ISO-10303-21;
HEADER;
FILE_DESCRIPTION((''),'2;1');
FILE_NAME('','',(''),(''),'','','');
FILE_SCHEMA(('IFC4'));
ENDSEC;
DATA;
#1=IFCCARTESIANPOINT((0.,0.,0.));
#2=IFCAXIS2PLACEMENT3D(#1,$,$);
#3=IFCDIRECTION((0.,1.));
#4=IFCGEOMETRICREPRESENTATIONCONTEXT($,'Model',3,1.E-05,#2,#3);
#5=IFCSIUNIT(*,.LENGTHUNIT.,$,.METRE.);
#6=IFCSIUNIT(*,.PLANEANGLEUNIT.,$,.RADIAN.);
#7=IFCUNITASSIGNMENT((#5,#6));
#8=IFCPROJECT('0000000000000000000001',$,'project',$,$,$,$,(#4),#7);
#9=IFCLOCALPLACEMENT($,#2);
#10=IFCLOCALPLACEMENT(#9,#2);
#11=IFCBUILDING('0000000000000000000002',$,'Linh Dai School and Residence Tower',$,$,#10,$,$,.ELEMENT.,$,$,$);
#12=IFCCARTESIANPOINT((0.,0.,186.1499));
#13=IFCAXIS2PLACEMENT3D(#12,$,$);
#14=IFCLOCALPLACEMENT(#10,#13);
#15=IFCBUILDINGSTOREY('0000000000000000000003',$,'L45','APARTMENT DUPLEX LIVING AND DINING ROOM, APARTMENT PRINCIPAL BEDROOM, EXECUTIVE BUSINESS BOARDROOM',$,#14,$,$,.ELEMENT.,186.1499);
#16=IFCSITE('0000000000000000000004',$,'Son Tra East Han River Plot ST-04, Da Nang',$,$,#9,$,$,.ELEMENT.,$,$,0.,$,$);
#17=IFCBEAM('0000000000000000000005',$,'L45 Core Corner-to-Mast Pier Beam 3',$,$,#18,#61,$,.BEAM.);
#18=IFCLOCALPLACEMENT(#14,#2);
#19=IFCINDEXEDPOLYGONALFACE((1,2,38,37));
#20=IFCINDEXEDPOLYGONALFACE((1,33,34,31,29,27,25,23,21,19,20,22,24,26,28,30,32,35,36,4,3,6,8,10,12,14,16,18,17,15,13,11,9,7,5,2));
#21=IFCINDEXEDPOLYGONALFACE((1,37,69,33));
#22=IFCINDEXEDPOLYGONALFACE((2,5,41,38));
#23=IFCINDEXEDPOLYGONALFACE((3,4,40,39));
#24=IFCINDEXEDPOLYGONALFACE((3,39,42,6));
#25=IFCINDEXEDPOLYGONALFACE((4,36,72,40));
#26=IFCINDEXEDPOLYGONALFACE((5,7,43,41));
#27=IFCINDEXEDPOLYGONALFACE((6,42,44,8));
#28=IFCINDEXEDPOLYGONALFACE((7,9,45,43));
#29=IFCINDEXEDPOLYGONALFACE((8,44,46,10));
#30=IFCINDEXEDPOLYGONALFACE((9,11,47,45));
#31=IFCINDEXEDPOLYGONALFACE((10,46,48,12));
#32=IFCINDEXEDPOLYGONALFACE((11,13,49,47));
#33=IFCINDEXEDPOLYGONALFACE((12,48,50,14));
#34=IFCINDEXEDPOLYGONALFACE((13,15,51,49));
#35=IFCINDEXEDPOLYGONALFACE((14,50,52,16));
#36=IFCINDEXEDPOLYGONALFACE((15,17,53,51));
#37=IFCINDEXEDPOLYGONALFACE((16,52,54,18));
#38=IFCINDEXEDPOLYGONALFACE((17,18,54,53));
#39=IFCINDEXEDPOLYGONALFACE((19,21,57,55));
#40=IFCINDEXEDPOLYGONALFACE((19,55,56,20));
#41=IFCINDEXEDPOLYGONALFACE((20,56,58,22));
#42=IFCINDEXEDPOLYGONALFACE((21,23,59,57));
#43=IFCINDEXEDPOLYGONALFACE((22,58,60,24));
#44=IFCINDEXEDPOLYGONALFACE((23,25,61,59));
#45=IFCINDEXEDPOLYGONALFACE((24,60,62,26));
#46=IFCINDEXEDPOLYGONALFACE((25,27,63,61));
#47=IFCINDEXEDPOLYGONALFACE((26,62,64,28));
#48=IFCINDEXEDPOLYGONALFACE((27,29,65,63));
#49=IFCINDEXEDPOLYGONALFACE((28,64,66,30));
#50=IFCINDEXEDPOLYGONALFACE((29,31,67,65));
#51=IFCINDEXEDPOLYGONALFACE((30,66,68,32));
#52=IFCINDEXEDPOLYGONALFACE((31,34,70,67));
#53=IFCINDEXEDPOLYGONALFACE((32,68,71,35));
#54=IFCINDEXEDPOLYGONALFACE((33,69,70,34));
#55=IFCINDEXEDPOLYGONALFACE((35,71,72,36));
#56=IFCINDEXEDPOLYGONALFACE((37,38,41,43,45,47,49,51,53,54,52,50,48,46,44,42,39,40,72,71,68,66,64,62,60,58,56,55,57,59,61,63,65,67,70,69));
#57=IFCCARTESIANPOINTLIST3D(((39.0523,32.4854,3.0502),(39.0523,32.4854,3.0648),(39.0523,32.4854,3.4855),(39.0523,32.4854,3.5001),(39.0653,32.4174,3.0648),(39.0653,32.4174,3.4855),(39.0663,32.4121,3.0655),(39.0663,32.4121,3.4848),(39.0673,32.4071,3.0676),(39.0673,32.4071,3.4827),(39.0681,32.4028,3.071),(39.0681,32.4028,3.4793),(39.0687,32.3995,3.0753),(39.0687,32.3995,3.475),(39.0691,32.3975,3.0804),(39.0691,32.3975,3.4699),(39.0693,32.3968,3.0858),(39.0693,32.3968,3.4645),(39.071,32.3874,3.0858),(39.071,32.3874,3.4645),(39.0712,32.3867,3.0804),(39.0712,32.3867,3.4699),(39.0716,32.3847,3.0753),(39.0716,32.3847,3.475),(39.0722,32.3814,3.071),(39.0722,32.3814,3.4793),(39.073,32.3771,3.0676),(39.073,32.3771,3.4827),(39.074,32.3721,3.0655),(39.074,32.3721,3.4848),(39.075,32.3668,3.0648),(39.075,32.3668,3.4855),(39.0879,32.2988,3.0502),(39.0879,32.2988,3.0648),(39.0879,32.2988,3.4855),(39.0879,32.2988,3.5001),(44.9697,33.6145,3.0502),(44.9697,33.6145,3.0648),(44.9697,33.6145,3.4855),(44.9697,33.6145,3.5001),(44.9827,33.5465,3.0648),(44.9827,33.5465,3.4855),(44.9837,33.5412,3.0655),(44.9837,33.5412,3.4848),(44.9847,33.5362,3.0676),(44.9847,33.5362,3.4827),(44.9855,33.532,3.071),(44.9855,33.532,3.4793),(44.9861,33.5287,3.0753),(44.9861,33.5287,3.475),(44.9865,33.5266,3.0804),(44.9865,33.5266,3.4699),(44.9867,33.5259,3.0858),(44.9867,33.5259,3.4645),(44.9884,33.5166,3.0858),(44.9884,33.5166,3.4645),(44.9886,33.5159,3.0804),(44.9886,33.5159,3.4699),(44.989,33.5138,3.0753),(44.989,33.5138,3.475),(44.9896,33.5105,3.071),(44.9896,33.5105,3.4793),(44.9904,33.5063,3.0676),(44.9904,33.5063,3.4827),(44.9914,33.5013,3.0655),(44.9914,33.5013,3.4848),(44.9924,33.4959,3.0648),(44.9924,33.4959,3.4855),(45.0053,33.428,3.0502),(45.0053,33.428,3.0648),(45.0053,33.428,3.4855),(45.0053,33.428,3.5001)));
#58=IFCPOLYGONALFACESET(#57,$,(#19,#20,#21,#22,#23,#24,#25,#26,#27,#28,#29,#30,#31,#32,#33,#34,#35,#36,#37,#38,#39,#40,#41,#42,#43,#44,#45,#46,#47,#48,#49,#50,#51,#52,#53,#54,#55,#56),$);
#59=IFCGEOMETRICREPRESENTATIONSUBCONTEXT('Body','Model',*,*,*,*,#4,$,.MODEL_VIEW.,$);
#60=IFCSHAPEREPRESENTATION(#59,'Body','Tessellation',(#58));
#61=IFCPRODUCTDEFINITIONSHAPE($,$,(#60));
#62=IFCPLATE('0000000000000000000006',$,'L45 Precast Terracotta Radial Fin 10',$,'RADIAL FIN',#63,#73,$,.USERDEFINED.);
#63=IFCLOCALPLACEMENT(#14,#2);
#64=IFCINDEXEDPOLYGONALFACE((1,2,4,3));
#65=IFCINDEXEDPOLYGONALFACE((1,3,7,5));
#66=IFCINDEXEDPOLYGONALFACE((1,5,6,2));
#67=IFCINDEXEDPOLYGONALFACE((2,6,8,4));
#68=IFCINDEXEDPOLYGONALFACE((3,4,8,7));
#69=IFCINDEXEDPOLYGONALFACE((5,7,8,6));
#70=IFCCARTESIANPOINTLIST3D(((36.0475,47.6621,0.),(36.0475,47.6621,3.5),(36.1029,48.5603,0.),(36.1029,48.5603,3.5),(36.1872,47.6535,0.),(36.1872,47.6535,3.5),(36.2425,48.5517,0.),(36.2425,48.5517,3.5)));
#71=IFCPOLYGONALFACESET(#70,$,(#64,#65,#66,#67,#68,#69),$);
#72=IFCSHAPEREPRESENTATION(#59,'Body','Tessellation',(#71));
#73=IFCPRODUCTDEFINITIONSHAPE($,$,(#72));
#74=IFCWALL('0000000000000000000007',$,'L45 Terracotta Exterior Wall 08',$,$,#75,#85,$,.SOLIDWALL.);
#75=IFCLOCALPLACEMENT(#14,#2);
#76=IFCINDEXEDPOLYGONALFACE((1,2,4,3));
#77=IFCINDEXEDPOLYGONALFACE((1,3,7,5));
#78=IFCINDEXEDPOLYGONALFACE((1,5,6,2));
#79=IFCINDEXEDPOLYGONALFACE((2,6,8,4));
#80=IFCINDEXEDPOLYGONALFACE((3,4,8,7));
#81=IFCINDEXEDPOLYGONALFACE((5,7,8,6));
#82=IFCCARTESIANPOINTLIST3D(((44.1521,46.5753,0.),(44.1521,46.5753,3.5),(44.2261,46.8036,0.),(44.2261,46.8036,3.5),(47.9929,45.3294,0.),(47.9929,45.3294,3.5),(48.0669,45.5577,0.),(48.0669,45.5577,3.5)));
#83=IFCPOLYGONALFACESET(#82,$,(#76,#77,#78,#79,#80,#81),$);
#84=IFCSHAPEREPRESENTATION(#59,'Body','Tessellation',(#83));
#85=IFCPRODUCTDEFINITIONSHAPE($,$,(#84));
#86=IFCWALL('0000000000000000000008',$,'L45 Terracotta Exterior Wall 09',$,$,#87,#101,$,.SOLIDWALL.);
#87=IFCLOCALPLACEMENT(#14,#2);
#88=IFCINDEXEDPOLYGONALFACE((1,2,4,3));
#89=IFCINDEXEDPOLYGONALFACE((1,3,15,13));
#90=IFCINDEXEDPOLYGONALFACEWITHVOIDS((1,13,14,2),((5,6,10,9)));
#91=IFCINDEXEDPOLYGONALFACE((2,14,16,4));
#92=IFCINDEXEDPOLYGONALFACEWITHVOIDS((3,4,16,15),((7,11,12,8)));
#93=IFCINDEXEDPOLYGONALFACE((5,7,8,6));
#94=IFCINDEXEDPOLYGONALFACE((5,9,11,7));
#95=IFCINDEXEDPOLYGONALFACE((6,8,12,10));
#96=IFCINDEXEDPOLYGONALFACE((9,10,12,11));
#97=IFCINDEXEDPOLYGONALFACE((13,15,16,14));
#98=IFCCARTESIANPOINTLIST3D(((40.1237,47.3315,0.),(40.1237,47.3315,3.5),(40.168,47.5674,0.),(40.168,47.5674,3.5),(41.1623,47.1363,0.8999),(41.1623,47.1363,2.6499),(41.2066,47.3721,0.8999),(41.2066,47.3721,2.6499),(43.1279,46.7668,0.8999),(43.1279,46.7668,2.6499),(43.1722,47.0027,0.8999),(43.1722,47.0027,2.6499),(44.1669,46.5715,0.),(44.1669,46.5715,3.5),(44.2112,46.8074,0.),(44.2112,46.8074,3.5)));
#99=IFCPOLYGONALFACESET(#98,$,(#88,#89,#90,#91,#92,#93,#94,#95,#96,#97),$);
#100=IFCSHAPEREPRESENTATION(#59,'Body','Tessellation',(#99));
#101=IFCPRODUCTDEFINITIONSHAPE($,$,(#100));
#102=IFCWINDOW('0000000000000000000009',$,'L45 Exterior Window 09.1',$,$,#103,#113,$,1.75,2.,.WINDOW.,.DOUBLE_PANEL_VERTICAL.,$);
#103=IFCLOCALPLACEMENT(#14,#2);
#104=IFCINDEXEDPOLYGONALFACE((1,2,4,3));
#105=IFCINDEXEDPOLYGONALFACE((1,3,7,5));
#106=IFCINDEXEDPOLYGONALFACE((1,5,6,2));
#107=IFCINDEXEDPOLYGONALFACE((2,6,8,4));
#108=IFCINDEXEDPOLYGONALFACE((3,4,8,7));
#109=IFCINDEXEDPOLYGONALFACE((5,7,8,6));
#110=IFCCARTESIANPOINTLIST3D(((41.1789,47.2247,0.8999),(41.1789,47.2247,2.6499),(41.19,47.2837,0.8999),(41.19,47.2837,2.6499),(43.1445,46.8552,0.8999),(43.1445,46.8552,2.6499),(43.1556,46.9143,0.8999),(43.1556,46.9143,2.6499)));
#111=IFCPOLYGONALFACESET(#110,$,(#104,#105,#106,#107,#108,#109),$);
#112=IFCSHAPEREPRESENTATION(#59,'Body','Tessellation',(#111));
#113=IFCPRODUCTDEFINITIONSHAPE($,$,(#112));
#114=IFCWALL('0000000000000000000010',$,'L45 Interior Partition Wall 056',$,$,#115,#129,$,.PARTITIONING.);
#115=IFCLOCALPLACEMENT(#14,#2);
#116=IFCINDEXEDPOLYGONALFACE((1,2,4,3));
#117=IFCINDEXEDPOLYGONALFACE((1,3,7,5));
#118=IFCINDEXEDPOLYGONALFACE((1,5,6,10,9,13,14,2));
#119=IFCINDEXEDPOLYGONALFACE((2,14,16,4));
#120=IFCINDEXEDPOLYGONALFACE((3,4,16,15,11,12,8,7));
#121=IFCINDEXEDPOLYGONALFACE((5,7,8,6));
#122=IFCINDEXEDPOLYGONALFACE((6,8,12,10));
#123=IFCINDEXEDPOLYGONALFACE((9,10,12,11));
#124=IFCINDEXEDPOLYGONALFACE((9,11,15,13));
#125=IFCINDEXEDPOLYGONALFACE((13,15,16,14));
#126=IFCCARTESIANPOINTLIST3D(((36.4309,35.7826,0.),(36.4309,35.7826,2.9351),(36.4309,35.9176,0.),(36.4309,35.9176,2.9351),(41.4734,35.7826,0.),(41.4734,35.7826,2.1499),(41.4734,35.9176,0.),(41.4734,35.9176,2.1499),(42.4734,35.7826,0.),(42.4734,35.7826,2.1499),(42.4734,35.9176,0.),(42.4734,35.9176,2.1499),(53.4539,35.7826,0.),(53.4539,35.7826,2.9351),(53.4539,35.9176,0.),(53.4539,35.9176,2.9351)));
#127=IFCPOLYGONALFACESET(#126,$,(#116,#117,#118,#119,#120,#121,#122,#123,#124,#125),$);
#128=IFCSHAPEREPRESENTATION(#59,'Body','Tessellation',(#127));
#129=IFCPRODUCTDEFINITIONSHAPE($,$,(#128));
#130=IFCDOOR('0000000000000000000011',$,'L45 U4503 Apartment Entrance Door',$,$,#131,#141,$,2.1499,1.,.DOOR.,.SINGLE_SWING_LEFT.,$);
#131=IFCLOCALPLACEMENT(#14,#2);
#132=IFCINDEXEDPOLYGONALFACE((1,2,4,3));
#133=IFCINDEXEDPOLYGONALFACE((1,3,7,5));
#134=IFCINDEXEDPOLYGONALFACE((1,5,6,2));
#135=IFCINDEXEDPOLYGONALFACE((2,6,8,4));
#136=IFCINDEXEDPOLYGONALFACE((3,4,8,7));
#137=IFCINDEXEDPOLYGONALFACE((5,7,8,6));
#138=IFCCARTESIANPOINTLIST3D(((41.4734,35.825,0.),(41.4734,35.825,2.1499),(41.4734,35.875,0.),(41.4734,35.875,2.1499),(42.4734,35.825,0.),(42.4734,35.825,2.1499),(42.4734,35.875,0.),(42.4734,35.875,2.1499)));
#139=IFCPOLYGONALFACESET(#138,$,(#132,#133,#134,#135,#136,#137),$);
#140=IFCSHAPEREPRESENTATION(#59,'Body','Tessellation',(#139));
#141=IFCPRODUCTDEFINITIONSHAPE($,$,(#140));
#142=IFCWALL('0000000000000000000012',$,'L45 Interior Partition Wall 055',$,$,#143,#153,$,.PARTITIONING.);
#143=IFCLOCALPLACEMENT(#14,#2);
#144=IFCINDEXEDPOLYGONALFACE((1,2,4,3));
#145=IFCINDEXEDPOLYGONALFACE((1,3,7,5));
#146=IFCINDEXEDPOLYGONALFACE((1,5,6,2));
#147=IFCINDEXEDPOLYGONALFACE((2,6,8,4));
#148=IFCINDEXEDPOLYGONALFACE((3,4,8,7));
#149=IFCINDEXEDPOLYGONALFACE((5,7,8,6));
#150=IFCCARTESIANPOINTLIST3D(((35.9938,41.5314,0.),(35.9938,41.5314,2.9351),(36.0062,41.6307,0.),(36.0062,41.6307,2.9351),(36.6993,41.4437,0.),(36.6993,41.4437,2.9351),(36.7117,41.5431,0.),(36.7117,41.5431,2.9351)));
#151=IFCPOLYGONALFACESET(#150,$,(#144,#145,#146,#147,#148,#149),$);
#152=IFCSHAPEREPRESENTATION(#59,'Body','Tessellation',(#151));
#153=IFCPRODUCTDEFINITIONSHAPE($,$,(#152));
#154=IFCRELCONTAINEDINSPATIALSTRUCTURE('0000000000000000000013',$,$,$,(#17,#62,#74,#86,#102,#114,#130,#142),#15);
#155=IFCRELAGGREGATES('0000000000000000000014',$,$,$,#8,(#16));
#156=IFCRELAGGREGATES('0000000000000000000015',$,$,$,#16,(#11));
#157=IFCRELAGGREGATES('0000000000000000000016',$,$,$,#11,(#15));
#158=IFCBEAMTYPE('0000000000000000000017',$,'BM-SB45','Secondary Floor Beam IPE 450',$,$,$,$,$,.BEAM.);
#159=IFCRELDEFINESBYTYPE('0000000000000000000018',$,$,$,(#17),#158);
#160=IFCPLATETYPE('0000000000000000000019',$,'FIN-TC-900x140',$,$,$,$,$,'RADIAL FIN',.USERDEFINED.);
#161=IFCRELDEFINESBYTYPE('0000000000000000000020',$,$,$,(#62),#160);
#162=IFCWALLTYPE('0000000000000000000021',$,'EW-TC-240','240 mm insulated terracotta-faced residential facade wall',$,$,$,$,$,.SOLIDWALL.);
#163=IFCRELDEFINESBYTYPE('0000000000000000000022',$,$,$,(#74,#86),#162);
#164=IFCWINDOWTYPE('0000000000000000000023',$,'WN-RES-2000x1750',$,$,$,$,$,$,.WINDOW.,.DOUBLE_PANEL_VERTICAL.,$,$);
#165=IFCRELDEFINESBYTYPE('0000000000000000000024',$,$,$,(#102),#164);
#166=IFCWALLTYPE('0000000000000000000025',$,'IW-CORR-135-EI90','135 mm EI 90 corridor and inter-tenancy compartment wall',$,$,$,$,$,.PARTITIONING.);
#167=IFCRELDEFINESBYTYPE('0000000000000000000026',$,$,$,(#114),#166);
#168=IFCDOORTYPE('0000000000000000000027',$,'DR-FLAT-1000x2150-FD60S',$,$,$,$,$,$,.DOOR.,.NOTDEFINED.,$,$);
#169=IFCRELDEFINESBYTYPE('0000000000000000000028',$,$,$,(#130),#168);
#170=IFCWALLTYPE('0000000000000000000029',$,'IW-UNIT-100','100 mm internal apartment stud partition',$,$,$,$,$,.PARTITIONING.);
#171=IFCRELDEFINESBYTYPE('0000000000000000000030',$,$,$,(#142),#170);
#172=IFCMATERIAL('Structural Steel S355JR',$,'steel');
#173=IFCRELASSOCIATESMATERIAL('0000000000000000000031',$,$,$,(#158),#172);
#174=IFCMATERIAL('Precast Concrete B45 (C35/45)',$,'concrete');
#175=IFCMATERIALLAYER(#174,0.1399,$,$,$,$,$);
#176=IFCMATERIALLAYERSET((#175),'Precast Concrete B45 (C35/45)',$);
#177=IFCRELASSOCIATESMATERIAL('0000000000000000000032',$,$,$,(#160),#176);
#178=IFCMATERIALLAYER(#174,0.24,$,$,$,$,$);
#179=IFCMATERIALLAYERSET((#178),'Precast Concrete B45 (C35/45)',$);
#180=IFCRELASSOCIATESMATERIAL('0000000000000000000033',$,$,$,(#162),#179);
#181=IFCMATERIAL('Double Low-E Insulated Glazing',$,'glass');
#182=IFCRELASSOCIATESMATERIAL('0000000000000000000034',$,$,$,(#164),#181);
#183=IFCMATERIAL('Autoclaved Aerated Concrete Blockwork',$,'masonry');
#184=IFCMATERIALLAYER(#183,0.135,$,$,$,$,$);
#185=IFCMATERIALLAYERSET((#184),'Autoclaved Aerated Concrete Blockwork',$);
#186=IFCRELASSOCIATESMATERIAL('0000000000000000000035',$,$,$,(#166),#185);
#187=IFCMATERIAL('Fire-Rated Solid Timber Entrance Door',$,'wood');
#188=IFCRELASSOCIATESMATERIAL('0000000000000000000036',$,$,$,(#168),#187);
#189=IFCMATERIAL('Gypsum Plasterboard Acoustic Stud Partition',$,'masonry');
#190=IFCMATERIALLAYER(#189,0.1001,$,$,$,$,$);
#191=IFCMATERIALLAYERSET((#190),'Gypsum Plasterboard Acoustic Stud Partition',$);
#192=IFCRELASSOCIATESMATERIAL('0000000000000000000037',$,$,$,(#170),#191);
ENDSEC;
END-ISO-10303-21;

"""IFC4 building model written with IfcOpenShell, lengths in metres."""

from ifc_helpers import new_model, si_unit, direction, frame, frame_2d, origin, origin_2d, place, context, subcontext, project, spatial, rectangle, i_section, extrude, source, transform, mapped, material, layer, layer_set, material_profile, profile_set, type_object, element, fill, save


model = new_model("IFC4")

# Units and contexts
model_context = context("Model", 3, precision=1e-05, world=origin(), true_north=direction((0.0, 1.0)))
body_context = subcontext(model_context, "Body", "Model", "MODEL_VIEW")
ifc_project = project(units=[si_unit("LENGTHUNIT", "METRE"), si_unit("PLANEANGLEUNIT", "RADIAN")], contexts=[model_context])

# Site, building, storey
site_placement = place(None, origin())
site = spatial("IfcSite", under=ifc_project, at=site_placement, Name="Son Tra East Han River Plot ST-04, Da Nang", CompositionType="ELEMENT", RefElevation=0.0)
building_placement = place(site_placement, origin())
building = spatial("IfcBuilding", under=site, at=building_placement, Name="Linh Dai School and Residence Tower", CompositionType="ELEMENT")
storey_placement = place(building_placement, frame((0.0, 0.0, 186.1499)))
storey = spatial("IfcBuildingStorey", under=building, at=storey_placement, Name="L45", Description="APARTMENT DUPLEX LIVING AND DINING ROOM, APARTMENT PRINCIPAL BEDROOM, EXECUTIVE BUSINESS BOARDROOM", CompositionType="ELEMENT", Elevation=186.1499)

# Shared definitions
ifc_material_1 = material(Name="Structural Steel S355JR", Category="steel")

# Beam
ifc_material_profile_1 = material_profile(ifc_material_1, i_section(OverallWidth=0.1899, OverallDepth=0.45, WebThickness=0.0095, FlangeThickness=0.0146, FilletRadius=0.021, at=origin_2d()), Name="IPE 450")
ifc_profile_set_1 = profile_set([ifc_material_profile_1], Name="Structural Steel S355JR")
beam_type_1 = type_object("IfcBeamType", Name="BM-SB45", Description="Secondary Floor Beam IPE 450", PredefinedType="BEAM", material=ifc_profile_set_1)
beam_1_placement = place(storey_placement, frame((44.9875, 33.5212, 3.2751), z_axis=(-0.982277, -0.187434, 0.0), x_axis=(0.187434, -0.982277, 0.0)))
element("IfcBeam", 1, at=beam_1_placement, inside=storey, type_object=beam_type_1, Name="L45 Core Corner-to-Mast Pier Beam 3", PredefinedType="BEAM", context=body_context, shape_type="SweptSolid", body=[
    extrude(i_section(OverallWidth=0.1899, OverallDepth=0.45, WebThickness=0.0095, FlangeThickness=0.0146, FilletRadius=0.021, at=origin_2d()), origin(), (0.0, 0.0, 1.0), 6.0242),
])

# Plate
ifc_material_2 = material(Name="Precast Concrete B45 (C35/45)", Category="concrete")
ifc_layer_1 = layer(ifc_material_2, 0.1399)
ifc_layer_set_1 = layer_set([ifc_layer_1], Name="Precast Concrete B45 (C35/45)")
plate_type = type_object("IfcPlateType", Name="FIN-TC-900x140", ElementType="RADIAL FIN", PredefinedType="USERDEFINED", material=ifc_layer_set_1)
shared_shape_1 = source(origin(), body_context, "Body", "SweptSolid", [
    extrude(rectangle(XDim=0.8999, YDim=0.1399, at=origin_2d()), origin(), (0.0, 0.0, 1.0), 3.5),
])
plate_placement = place(storey_placement, frame((36.145, 48.1069, 0.0), z_axis=(0.0, 0.0, 1.0), x_axis=(0.061512, 0.998106, 0.0)))
element("IfcPlate", 2, at=plate_placement, inside=storey, type_object=plate_type, Name="L45 Precast Terracotta Radial Fin 10", ObjectType="RADIAL FIN", PredefinedType="USERDEFINED", context=body_context, shape_type="MappedRepresentation", body=[
    mapped(shared_shape_1, transform((0.0, 0.0, 0.0), x_axis=(1.0, 0.0, 0.0), y_axis=(0.0, 1.0, 0.0), z_axis=(0.0, 0.0, 1.0), scale=1.0)),
])

# Wall
ifc_layer_2 = layer(ifc_material_2, 0.24)
ifc_layer_set_2 = layer_set([ifc_layer_2], Name="Precast Concrete B45 (C35/45)")
wall_type_1 = type_object("IfcWallType", Name="EW-TC-240", Description="240 mm insulated terracotta-faced residential facade wall", PredefinedType="SOLIDWALL", material=ifc_layer_set_2)
wall_1_placement = place(storey_placement, frame((44.189, 46.6895, 0.0), z_axis=(0.0, 0.0, 1.0), x_axis=(0.95121, -0.308545, 0.0)))
element("IfcWall", 3, at=wall_1_placement, inside=storey, type_object=wall_type_1, Name="L45 Terracotta Exterior Wall 08", PredefinedType="SOLIDWALL", context=body_context, shape_type="SweptSolid", body=[
    extrude(rectangle(XDim=4.0378, YDim=0.24, at=frame_2d((2.019, 0.0))), origin(), (0.0, 0.0, 1.0), 3.5),
])

# Wall, opening, window
wall_2_placement = place(storey_placement, frame((40.1458, 47.4495, 0.0), z_axis=(0.0, 0.0, 1.0), x_axis=(0.982788, -0.184736, 0.0)))
wall_2 = element("IfcWall", 4, at=wall_2_placement, inside=storey, type_object=wall_type_1, Name="L45 Terracotta Exterior Wall 09", PredefinedType="SOLIDWALL", context=body_context, shape_type="SweptSolid", body=[
    extrude(rectangle(XDim=4.114, YDim=0.24, at=frame_2d((2.0571, 0.0))), origin(), (0.0, 0.0, 1.0), 3.5),
])
opening_1_placement = place(wall_2_placement, frame((1.0569, 0.0, 0.8999)))
opening_1 = element("IfcOpeningElement", 5, at=opening_1_placement, cuts=wall_2, PredefinedType="OPENING", context=body_context, shape_type="SweptSolid", body=[
    extrude(rectangle(XDim=2.0, YDim=1.75, at=origin_2d()), frame((1.0, 0.1299, 0.875), z_axis=(0.0, -1.0, 0.0), x_axis=(1.0, 0.0, 0.0)), (0.0, 0.0, 1.0), 0.26),
])
ifc_material_3 = material(Name="Double Low-E Insulated Glazing", Category="glass")
window_type = type_object("IfcWindowType", Name="WN-RES-2000x1750", PartitioningType="DOUBLE_PANEL_VERTICAL", PredefinedType="WINDOW", material=ifc_material_3)
shared_shape_2 = source(origin(), body_context, "Body", "SweptSolid", [
    extrude(rectangle(XDim=2.0, YDim=1.75, at=origin_2d()), frame((1.0, 0.03, 0.875), z_axis=(0.0, -1.0, 0.0), x_axis=(1.0, 0.0, 0.0)), (0.0, 0.0, 1.0), 0.0601),
])
window_placement = place(opening_1_placement, origin())
window = element("IfcWindow", 6, at=window_placement, inside=storey, type_object=window_type, Name="L45 Exterior Window 09.1", OverallHeight=1.75, OverallWidth=2.0, PartitioningType="DOUBLE_PANEL_VERTICAL", PredefinedType="WINDOW", context=body_context, shape_type="MappedRepresentation", body=[
    mapped(shared_shape_2, transform((0.0, 0.0, 0.0), x_axis=(1.0, 0.0, 0.0), y_axis=(0.0, 1.0, 0.0), z_axis=(0.0, 0.0, 1.0), scale=1.0)),
])
fill(opening_1, window)

# Wall, opening, door
ifc_material_4 = material(Name="Autoclaved Aerated Concrete Blockwork", Category="masonry")
ifc_layer_3 = layer(ifc_material_4, 0.135)
ifc_layer_set_3 = layer_set([ifc_layer_3], Name="Autoclaved Aerated Concrete Blockwork")
wall_type_2 = type_object("IfcWallType", Name="IW-CORR-135-EI90", Description="135 mm EI 90 corridor and inter-tenancy compartment wall", PredefinedType="PARTITIONING", material=ifc_layer_set_3)
wall_3_placement = place(storey_placement, frame((36.4309, 35.8501, 0.0), z_axis=(0.0, 0.0, 1.0), x_axis=(1.0, 0.0, 0.0)))
wall_3 = element("IfcWall", 7, at=wall_3_placement, inside=storey, type_object=wall_type_2, Name="L45 Interior Partition Wall 056", PredefinedType="PARTITIONING", context=body_context, shape_type="SweptSolid", body=[
    extrude(rectangle(XDim=17.0229, YDim=0.135, at=frame_2d((8.5115, 0.0))), origin(), (0.0, 0.0, 1.0), 2.9351),
])
opening_2_placement = place(wall_3_placement, frame((5.0425, 0.0, 0.0)))
opening_2 = element("IfcOpeningElement", 8, at=opening_2_placement, cuts=wall_3, PredefinedType="OPENING", context=body_context, shape_type="SweptSolid", body=[
    extrude(rectangle(XDim=1.0, YDim=2.1499, at=origin_2d()), frame((0.5, 0.0776, 1.075), z_axis=(0.0, -1.0, 0.0), x_axis=(1.0, 0.0, 0.0)), (0.0, 0.0, 1.0), 0.155),
])
ifc_material_5 = material(Name="Fire-Rated Solid Timber Entrance Door", Category="wood")
door_type_1 = type_object("IfcDoorType", Name="DR-FLAT-1000x2150-FD60S", OperationType="NOTDEFINED", PredefinedType="DOOR", material=ifc_material_5)
shared_shape_3 = source(origin(), body_context, "Body", "SweptSolid", [
    extrude(rectangle(XDim=1.0, YDim=2.1499, at=origin_2d()), frame((0.5, 0.0249, 1.075), z_axis=(0.0, -1.0, 0.0), x_axis=(1.0, 0.0, 0.0)), (0.0, 0.0, 1.0), 0.05),
])
door_1_placement = place(opening_2_placement, origin())
door_1 = element("IfcDoor", 9, at=door_1_placement, inside=storey, type_object=door_type_1, Name="L45 U4503 Apartment Entrance Door", OperationType="SINGLE_SWING_LEFT", OverallHeight=2.1499, OverallWidth=1.0, PredefinedType="DOOR", context=body_context, shape_type="MappedRepresentation", body=[
    mapped(shared_shape_3, transform((0.0, 0.0, 0.0), x_axis=(1.0, 0.0, 0.0), y_axis=(0.0, 1.0, 0.0), z_axis=(0.0, 0.0, 1.0), scale=1.0)),
])
fill(opening_2, door_1)

# Wall
ifc_material_6 = material(Name="Gypsum Plasterboard Acoustic Stud Partition", Category="masonry")
ifc_layer_4 = layer(ifc_material_6, 0.1001)
ifc_layer_set_4 = layer_set([ifc_layer_4], Name="Gypsum Plasterboard Acoustic Stud Partition")
wall_type_3 = type_object("IfcWallType", Name="IW-UNIT-100", Description="100 mm internal apartment stud partition", PredefinedType="PARTITIONING", material=ifc_layer_set_4)
wall_4_placement = place(storey_placement, frame((36.0, 41.5811, 0.0), z_axis=(0.0, 0.0, 1.0), x_axis=(0.992373, -0.123274, 0.0)))
element("IfcWall", 10, at=wall_4_placement, inside=storey, type_object=wall_type_3, Name="L45 Interior Partition Wall 055", PredefinedType="PARTITIONING", context=body_context, shape_type="SweptSolid", body=[
    extrude(rectangle(XDim=0.7109, YDim=0.1001, at=frame_2d((0.3555, 0.0))), origin(), (0.0, 0.0, 1.0), 2.9351),
])

save(model, "model.ifc")
